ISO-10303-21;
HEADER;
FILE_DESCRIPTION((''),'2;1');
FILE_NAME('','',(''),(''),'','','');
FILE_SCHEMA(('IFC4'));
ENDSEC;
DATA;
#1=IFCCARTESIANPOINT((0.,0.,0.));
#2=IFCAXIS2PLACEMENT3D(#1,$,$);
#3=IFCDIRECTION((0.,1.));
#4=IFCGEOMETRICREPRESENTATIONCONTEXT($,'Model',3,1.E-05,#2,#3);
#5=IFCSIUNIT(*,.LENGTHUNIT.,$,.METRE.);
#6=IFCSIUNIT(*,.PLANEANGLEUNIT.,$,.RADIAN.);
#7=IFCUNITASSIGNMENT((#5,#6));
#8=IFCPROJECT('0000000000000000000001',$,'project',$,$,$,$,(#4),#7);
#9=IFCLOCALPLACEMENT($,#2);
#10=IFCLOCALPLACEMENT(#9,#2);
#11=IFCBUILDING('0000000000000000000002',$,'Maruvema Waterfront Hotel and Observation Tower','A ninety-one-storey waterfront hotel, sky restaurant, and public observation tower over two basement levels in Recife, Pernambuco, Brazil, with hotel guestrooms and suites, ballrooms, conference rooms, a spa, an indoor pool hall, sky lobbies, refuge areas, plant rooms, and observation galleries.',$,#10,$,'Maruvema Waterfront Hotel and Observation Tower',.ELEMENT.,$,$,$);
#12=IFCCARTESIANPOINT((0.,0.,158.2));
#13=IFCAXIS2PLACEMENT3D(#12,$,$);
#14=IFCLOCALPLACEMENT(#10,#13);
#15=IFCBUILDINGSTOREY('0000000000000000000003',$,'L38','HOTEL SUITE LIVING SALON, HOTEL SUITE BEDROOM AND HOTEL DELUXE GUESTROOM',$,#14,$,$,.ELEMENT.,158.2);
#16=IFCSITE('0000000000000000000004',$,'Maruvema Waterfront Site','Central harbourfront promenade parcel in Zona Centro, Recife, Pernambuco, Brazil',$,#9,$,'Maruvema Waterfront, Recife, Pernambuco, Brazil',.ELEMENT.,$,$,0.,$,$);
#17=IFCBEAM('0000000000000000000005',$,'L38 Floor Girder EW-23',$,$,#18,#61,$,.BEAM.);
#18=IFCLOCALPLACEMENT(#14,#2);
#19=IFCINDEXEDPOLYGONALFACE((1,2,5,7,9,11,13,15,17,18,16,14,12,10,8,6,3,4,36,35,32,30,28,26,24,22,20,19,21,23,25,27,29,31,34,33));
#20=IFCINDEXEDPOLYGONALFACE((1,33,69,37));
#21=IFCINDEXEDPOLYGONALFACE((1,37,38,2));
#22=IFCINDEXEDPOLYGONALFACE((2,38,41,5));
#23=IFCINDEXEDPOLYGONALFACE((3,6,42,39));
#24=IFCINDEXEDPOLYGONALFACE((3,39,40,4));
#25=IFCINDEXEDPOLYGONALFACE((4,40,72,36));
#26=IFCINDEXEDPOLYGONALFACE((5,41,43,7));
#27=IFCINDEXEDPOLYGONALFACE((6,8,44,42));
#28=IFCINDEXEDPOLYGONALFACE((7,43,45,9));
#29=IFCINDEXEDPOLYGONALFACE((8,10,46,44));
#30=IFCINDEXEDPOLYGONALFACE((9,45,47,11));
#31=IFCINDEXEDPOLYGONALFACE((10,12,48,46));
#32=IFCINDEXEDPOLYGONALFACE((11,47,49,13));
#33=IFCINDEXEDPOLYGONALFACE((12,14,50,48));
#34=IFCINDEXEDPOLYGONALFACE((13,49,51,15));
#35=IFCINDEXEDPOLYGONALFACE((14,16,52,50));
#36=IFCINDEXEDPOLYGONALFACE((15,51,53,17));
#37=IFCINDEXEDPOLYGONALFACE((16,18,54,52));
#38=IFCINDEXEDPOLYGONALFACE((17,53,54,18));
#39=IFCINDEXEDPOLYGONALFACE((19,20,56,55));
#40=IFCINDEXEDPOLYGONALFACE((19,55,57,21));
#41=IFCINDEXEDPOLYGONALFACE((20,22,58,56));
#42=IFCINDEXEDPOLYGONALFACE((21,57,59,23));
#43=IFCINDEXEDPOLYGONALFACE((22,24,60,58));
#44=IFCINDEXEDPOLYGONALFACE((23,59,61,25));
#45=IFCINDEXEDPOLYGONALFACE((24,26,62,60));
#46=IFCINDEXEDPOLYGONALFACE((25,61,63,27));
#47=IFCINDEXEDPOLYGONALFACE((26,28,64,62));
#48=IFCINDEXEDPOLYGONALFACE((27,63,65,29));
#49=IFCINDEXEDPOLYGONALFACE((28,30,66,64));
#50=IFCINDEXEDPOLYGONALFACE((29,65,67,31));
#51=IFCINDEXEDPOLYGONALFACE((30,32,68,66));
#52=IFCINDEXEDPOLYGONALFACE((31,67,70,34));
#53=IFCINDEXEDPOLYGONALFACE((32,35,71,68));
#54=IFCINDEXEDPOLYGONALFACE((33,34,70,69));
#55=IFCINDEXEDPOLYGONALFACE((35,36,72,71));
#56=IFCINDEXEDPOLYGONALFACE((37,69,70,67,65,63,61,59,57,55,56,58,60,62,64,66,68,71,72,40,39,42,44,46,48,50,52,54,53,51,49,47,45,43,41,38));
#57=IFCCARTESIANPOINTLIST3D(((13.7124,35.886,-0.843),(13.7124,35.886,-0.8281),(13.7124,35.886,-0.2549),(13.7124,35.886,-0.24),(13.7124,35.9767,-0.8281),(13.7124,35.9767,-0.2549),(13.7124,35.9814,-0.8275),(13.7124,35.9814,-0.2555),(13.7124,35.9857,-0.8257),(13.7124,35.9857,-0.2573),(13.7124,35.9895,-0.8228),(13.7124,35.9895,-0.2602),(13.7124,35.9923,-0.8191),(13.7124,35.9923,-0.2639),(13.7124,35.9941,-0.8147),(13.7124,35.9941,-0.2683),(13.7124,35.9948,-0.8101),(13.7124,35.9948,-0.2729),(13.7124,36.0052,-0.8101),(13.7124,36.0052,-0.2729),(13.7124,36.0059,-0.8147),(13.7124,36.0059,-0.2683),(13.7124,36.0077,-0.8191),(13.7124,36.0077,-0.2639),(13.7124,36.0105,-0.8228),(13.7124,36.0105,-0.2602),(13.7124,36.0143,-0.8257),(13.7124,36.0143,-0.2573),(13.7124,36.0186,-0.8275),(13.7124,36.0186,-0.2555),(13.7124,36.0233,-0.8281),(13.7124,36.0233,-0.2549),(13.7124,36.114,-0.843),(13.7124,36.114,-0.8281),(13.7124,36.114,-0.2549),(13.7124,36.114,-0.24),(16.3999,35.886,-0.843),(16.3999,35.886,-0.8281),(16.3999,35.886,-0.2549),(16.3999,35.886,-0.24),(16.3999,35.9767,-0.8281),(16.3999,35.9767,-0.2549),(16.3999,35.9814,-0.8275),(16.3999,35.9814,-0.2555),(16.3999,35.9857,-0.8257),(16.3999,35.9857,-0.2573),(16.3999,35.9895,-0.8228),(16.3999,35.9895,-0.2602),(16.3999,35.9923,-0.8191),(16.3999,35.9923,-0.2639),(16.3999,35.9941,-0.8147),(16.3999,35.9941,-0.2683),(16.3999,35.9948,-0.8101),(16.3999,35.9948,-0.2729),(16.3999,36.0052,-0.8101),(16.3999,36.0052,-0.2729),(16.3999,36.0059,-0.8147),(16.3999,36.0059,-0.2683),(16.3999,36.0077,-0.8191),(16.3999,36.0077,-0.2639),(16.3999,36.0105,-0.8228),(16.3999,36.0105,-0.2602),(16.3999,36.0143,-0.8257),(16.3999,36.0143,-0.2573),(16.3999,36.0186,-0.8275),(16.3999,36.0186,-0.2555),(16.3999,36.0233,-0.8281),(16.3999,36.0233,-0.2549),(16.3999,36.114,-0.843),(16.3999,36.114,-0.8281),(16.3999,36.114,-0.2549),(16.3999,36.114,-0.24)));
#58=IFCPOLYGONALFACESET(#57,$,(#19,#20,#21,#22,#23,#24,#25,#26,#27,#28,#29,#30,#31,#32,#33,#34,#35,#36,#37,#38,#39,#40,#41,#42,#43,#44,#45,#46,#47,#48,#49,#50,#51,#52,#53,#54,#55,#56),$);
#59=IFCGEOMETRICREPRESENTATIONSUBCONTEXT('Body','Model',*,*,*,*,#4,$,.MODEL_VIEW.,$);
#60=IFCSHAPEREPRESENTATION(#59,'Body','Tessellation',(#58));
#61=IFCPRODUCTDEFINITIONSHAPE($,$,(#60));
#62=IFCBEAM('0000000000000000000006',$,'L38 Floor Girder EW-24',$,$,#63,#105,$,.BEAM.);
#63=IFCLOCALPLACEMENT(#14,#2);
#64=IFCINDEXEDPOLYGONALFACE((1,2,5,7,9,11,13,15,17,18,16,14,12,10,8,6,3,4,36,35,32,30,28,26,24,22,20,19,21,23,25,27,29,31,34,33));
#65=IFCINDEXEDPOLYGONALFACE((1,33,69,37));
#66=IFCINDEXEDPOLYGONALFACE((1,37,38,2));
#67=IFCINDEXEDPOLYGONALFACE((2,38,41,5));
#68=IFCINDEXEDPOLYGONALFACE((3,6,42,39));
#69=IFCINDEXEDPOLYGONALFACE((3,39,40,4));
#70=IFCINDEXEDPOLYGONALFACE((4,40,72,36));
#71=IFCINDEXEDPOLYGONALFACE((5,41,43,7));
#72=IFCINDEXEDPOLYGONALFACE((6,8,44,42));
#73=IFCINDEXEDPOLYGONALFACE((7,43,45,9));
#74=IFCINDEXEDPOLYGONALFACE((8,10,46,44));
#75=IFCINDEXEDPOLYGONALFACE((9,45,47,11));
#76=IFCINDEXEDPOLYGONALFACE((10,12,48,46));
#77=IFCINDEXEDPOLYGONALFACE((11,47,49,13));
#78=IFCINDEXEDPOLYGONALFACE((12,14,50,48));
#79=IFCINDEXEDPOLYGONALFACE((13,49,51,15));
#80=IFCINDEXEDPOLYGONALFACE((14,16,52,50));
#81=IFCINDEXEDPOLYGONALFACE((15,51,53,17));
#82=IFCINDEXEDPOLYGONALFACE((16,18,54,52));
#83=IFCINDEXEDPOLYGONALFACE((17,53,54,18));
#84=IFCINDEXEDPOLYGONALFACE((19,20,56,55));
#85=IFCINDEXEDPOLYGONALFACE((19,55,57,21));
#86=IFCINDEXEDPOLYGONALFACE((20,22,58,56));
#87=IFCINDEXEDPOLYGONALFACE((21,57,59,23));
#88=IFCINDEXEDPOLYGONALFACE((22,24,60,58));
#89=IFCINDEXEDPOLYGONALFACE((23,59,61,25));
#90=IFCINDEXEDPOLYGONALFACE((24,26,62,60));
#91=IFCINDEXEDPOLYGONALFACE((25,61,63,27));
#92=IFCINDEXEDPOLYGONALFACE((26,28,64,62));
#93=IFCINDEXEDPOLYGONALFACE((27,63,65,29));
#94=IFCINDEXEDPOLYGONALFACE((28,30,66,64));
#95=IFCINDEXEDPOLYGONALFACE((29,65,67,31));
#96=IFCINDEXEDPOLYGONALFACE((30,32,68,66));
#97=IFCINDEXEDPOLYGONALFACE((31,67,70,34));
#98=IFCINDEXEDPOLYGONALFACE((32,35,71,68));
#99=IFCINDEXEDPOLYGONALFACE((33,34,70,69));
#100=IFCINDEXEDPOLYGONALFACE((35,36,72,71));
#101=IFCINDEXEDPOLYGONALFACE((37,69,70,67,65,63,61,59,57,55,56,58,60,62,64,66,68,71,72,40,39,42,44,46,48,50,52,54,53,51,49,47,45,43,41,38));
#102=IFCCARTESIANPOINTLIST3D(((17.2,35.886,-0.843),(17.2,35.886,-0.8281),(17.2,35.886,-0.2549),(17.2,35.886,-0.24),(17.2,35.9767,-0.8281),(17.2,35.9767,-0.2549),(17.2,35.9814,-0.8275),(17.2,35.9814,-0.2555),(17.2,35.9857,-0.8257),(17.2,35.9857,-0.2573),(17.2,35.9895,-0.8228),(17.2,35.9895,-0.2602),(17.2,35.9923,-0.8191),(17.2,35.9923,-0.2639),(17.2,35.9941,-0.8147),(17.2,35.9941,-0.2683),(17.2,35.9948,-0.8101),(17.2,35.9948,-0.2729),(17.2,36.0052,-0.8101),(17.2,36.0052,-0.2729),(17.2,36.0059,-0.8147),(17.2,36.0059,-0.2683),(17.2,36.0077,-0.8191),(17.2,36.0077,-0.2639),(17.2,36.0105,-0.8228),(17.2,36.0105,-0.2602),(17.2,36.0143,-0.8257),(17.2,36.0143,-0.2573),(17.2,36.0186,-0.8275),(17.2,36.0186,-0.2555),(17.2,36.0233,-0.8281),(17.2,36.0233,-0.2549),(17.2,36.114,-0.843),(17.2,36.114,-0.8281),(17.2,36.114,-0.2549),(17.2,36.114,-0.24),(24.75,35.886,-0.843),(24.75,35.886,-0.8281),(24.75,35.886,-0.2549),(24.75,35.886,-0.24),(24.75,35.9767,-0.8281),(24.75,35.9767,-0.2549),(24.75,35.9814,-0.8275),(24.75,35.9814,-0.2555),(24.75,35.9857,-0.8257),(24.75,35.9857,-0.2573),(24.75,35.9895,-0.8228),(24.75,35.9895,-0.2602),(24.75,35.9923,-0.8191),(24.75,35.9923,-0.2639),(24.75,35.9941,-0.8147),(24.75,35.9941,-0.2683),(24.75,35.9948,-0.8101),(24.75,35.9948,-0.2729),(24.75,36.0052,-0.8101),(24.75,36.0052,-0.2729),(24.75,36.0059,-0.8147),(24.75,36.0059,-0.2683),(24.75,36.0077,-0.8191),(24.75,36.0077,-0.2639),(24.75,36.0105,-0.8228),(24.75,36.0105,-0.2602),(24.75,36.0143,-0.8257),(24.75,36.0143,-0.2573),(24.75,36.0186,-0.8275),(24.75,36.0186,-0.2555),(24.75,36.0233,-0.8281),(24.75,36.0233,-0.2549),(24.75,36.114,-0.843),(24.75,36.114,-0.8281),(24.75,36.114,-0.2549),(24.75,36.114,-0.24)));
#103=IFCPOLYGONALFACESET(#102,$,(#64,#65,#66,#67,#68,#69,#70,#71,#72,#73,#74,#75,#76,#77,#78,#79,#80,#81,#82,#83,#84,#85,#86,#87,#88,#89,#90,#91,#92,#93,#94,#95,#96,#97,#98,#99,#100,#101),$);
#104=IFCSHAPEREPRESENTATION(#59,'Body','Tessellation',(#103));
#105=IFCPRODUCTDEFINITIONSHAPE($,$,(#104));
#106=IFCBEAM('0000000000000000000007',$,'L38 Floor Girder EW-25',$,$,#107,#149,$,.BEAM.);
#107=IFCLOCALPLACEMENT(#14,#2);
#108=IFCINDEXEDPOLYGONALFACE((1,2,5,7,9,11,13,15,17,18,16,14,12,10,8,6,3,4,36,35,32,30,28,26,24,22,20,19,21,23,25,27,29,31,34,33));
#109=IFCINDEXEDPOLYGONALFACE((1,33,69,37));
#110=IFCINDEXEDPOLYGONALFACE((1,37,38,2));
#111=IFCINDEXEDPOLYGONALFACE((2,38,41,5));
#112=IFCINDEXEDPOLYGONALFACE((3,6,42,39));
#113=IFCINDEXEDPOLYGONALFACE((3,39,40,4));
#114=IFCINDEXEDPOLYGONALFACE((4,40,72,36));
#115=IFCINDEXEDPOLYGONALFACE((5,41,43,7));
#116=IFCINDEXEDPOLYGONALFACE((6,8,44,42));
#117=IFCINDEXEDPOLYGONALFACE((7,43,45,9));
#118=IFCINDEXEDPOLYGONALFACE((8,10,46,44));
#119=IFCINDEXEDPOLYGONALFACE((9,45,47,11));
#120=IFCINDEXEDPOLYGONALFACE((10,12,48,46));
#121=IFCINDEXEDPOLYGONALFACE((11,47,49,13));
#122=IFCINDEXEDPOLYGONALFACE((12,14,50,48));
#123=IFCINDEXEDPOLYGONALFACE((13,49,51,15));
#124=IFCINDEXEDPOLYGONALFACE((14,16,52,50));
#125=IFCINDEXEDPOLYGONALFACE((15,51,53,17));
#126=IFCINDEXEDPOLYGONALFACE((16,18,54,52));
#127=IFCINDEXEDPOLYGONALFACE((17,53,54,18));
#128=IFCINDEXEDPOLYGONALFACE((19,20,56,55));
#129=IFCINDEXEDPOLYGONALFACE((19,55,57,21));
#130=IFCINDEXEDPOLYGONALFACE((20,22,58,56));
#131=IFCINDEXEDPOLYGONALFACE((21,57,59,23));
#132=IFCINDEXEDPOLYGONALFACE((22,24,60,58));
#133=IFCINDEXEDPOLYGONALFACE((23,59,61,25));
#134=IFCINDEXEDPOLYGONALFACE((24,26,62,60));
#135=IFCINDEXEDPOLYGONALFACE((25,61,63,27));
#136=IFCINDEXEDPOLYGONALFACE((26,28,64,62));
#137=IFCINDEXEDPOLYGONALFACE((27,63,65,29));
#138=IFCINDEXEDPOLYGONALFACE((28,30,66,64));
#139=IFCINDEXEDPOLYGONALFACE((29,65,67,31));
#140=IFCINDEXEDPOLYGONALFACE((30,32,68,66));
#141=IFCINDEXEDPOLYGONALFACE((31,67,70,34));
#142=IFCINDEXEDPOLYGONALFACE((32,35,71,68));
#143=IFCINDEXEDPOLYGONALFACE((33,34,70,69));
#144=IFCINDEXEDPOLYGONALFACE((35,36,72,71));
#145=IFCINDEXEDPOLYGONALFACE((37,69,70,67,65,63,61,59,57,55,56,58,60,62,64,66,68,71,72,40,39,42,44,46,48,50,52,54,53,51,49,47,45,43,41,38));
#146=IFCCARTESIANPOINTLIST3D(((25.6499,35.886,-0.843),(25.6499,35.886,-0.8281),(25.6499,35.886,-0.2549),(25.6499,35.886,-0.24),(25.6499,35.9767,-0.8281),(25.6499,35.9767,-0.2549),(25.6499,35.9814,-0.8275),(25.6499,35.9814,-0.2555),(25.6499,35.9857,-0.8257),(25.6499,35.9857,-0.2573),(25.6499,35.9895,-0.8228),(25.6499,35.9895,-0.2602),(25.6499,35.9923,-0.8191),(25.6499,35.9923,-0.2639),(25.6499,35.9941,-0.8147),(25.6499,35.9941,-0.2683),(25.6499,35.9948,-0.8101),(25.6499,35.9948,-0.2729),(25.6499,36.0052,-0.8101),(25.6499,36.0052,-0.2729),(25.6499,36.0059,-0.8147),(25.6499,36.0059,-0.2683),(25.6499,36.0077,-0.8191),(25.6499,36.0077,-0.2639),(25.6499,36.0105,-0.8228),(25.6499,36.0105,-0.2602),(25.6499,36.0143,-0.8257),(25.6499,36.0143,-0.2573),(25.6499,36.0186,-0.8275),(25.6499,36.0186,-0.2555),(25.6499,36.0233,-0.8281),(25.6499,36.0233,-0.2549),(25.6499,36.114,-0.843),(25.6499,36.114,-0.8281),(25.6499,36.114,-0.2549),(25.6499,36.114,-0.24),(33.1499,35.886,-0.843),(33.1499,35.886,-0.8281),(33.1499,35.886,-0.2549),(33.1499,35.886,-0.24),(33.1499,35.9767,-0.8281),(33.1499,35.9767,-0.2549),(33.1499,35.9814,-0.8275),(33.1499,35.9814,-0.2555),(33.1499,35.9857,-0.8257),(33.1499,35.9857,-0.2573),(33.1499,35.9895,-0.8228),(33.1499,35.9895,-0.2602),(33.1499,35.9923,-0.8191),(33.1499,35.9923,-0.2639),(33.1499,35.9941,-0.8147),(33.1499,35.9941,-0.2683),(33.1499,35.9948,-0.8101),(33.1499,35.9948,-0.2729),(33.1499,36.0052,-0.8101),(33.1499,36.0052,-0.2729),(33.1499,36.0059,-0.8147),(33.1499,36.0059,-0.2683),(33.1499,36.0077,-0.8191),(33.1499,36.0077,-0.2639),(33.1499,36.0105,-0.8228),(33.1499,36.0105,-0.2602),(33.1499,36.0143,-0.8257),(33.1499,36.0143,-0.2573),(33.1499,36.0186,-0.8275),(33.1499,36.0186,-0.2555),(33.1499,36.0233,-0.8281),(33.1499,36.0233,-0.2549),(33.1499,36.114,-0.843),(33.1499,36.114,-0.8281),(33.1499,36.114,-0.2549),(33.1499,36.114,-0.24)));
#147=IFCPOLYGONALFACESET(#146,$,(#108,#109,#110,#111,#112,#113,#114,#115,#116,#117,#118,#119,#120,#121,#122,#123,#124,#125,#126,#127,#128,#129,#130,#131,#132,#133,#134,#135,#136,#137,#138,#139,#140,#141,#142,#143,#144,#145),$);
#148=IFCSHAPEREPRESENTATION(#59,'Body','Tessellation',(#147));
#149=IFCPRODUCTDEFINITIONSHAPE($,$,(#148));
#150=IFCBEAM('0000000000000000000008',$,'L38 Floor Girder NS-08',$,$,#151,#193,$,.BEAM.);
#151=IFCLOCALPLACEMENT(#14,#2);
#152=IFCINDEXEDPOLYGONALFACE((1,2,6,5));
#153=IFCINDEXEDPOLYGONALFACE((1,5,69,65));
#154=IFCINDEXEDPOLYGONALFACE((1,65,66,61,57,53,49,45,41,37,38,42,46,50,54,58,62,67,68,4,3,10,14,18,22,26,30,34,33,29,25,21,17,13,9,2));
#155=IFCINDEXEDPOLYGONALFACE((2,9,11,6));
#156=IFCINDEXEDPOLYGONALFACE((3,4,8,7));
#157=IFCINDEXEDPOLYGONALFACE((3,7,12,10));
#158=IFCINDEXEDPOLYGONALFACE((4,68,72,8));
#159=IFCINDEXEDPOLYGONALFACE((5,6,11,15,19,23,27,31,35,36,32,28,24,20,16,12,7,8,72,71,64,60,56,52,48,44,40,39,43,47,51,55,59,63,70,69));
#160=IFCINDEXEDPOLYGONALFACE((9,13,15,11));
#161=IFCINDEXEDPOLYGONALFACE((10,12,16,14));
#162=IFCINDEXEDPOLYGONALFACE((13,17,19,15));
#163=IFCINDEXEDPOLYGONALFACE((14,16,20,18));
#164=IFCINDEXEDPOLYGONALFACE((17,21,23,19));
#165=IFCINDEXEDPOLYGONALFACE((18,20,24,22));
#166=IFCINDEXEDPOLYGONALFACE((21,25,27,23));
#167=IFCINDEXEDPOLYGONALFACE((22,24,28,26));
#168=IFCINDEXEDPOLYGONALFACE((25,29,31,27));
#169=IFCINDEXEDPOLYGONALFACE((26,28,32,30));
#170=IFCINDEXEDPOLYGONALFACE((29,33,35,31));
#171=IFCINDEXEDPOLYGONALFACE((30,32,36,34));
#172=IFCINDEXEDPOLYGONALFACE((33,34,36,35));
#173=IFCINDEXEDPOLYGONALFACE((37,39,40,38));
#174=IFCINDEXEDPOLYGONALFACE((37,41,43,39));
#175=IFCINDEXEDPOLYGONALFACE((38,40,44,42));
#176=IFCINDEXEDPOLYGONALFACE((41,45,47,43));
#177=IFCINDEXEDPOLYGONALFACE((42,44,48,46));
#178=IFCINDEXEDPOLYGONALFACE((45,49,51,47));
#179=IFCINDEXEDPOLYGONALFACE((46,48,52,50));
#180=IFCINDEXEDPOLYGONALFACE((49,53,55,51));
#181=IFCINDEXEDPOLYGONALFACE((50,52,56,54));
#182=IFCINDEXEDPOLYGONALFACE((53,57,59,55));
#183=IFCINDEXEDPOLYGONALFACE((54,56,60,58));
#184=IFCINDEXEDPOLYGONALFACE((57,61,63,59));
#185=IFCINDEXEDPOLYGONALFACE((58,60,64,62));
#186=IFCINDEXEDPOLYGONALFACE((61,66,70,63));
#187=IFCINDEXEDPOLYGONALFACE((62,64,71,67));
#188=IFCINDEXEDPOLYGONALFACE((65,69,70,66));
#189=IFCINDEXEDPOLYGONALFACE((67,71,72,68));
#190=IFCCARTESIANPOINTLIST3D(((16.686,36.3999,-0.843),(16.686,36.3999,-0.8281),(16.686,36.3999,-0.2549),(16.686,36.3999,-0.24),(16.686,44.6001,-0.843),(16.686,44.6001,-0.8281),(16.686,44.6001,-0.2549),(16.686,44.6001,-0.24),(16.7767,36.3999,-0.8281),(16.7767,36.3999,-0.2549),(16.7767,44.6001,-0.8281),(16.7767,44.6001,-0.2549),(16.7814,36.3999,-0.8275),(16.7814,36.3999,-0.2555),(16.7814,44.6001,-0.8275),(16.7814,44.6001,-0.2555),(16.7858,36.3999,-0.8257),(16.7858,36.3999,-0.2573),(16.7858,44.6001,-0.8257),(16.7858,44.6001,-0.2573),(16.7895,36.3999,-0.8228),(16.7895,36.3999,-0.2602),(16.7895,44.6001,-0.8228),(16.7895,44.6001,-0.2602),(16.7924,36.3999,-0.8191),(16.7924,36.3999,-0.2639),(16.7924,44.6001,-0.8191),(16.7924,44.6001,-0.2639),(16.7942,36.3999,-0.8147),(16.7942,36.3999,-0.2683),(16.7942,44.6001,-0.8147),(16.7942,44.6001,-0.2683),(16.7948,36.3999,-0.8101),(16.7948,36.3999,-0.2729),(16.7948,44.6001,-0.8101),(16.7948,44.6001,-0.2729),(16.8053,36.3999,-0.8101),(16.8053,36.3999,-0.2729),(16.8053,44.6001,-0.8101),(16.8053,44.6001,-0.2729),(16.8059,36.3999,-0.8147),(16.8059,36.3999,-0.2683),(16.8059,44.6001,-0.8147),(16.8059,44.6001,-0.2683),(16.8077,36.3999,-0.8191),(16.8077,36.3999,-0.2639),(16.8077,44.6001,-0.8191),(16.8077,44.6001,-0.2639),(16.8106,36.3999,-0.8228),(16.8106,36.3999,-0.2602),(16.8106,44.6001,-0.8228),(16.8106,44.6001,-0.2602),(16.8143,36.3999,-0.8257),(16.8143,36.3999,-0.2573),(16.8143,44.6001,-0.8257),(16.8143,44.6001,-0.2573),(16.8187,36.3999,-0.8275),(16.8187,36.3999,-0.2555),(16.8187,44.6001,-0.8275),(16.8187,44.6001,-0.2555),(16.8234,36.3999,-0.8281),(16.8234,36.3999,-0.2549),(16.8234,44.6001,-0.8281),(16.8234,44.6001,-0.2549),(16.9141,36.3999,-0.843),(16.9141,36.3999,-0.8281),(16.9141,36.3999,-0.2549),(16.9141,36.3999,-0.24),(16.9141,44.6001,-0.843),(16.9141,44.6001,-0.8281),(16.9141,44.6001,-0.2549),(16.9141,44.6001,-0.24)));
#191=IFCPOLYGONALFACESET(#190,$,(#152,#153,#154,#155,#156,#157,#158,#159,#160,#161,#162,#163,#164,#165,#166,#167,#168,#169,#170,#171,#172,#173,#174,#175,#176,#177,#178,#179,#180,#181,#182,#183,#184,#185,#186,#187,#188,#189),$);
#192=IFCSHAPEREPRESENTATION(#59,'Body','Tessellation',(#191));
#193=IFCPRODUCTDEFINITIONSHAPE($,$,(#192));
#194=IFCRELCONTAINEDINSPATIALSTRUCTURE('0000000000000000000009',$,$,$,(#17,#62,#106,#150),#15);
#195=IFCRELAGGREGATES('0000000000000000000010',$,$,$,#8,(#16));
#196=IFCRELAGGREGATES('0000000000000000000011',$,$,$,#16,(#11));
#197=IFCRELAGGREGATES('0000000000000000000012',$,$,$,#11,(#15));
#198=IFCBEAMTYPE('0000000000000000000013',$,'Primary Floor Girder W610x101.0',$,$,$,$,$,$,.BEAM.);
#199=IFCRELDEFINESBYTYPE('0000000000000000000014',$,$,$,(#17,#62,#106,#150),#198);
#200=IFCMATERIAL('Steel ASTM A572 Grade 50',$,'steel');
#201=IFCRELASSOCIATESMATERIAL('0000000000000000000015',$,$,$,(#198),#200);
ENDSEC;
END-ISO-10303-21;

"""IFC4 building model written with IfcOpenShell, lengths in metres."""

from ifc_helpers import new_model, si_unit, direction, frame, origin, origin_2d, place, context, subcontext, project, spatial, i_section, extrude, material, material_profile, profile_set, type_object, element, save


model = new_model("IFC4")

# Units and contexts
model_context = context("Model", 3, precision=1e-05, world=origin(), true_north=direction((0.0, 1.0)))
body_context = subcontext(model_context, "Body", "Model", "MODEL_VIEW")
ifc_project = project(units=[si_unit("LENGTHUNIT", "METRE"), si_unit("PLANEANGLEUNIT", "RADIAN")], contexts=[model_context])

# Site, building, storey
site_placement = place(None, origin())
site = spatial("IfcSite", under=ifc_project, at=site_placement, Name="Maruvema Waterfront Site", Description="Central harbourfront promenade parcel in Zona Centro, Recife, Pernambuco, Brazil", LongName="Maruvema Waterfront, Recife, Pernambuco, Brazil", CompositionType="ELEMENT", RefElevation=0.0)
building_placement = place(site_placement, origin())
building = spatial("IfcBuilding", under=site, at=building_placement, Name="Maruvema Waterfront Hotel and Observation Tower", Description="A ninety-one-storey waterfront hotel, sky restaurant, and public observation tower over two basement levels in Recife, Pernambuco, Brazil, with hotel guestrooms and suites, ballrooms, conference rooms, a spa, an indoor pool hall, sky lobbies, refuge areas, plant rooms, and observation galleries.", LongName="Maruvema Waterfront Hotel and Observation Tower", CompositionType="ELEMENT")
storey_placement = place(building_placement, frame((0.0, 0.0, 158.2)))
storey = spatial("IfcBuildingStorey", under=building, at=storey_placement, Name="L38", Description="HOTEL SUITE LIVING SALON, HOTEL SUITE BEDROOM AND HOTEL DELUXE GUESTROOM", CompositionType="ELEMENT", Elevation=158.2)

# Beams
ifc_material_1 = material(Name="Steel ASTM A572 Grade 50", Category="steel")
ifc_material_profile_1 = material_profile(ifc_material_1, i_section(OverallWidth=0.228, OverallDepth=0.603, WebThickness=0.0105, FlangeThickness=0.0149, FilletRadius=0.0181, at=origin_2d()), Name="W610x101.0")
ifc_profile_set_1 = profile_set([ifc_material_profile_1], Name="Steel ASTM A572 Grade 50")
beam_type_1 = type_object("IfcBeamType", Name="Primary Floor Girder W610x101.0", PredefinedType="BEAM", material=ifc_profile_set_1)
beam_1_placement = place(storey_placement, frame((13.7124, 36.0, -0.5415), z_axis=(1.0, 0.0, 0.0), x_axis=(0.0, 1.0, 0.0)))
element("IfcBeam", 1, at=beam_1_placement, inside=storey, type_object=beam_type_1, Name="L38 Floor Girder EW-23", PredefinedType="BEAM", context=body_context, shape_type="SweptSolid", body=[
    extrude(i_section(OverallWidth=0.228, OverallDepth=0.603, WebThickness=0.0105, FlangeThickness=0.0149, FilletRadius=0.0181, at=origin_2d()), origin(), (0.0, 0.0, 1.0), 2.6875),
])
beam_2_placement = place(storey_placement, frame((17.2, 36.0, -0.5415), z_axis=(1.0, 0.0, 0.0), x_axis=(0.0, 1.0, 0.0)))
element("IfcBeam", 2, at=beam_2_placement, inside=storey, type_object=beam_type_1, Name="L38 Floor Girder EW-24", PredefinedType="BEAM", context=body_context, shape_type="SweptSolid", body=[
    extrude(i_section(OverallWidth=0.228, OverallDepth=0.603, WebThickness=0.0105, FlangeThickness=0.0149, FilletRadius=0.0181, at=origin_2d()), origin(), (0.0, 0.0, 1.0), 7.55),
])
beam_3_placement = place(storey_placement, frame((25.6499, 36.0, -0.5415), z_axis=(1.0, 0.0, 0.0), x_axis=(0.0, 1.0, 0.0)))
element("IfcBeam", 3, at=beam_3_placement, inside=storey, type_object=beam_type_1, Name="L38 Floor Girder EW-25", PredefinedType="BEAM", context=body_context, shape_type="SweptSolid", body=[
    extrude(i_section(OverallWidth=0.228, OverallDepth=0.603, WebThickness=0.0105, FlangeThickness=0.0149, FilletRadius=0.0181, at=origin_2d()), origin(), (0.0, 0.0, 1.0), 7.5),
])
beam_4_placement = place(storey_placement, frame((16.8, 36.3999, -0.5415), z_axis=(0.0, 1.0, 0.0), x_axis=(-1.0, 0.0, 0.0)))
element("IfcBeam", 4, at=beam_4_placement, inside=storey, type_object=beam_type_1, Name="L38 Floor Girder NS-08", PredefinedType="BEAM", context=body_context, shape_type="SweptSolid", body=[
    extrude(i_section(OverallWidth=0.228, OverallDepth=0.603, WebThickness=0.0105, FlangeThickness=0.0149, FilletRadius=0.0181, at=origin_2d()), origin(), (0.0, 0.0, 1.0), 8.2002),
])

save(model, "model.ifc")
